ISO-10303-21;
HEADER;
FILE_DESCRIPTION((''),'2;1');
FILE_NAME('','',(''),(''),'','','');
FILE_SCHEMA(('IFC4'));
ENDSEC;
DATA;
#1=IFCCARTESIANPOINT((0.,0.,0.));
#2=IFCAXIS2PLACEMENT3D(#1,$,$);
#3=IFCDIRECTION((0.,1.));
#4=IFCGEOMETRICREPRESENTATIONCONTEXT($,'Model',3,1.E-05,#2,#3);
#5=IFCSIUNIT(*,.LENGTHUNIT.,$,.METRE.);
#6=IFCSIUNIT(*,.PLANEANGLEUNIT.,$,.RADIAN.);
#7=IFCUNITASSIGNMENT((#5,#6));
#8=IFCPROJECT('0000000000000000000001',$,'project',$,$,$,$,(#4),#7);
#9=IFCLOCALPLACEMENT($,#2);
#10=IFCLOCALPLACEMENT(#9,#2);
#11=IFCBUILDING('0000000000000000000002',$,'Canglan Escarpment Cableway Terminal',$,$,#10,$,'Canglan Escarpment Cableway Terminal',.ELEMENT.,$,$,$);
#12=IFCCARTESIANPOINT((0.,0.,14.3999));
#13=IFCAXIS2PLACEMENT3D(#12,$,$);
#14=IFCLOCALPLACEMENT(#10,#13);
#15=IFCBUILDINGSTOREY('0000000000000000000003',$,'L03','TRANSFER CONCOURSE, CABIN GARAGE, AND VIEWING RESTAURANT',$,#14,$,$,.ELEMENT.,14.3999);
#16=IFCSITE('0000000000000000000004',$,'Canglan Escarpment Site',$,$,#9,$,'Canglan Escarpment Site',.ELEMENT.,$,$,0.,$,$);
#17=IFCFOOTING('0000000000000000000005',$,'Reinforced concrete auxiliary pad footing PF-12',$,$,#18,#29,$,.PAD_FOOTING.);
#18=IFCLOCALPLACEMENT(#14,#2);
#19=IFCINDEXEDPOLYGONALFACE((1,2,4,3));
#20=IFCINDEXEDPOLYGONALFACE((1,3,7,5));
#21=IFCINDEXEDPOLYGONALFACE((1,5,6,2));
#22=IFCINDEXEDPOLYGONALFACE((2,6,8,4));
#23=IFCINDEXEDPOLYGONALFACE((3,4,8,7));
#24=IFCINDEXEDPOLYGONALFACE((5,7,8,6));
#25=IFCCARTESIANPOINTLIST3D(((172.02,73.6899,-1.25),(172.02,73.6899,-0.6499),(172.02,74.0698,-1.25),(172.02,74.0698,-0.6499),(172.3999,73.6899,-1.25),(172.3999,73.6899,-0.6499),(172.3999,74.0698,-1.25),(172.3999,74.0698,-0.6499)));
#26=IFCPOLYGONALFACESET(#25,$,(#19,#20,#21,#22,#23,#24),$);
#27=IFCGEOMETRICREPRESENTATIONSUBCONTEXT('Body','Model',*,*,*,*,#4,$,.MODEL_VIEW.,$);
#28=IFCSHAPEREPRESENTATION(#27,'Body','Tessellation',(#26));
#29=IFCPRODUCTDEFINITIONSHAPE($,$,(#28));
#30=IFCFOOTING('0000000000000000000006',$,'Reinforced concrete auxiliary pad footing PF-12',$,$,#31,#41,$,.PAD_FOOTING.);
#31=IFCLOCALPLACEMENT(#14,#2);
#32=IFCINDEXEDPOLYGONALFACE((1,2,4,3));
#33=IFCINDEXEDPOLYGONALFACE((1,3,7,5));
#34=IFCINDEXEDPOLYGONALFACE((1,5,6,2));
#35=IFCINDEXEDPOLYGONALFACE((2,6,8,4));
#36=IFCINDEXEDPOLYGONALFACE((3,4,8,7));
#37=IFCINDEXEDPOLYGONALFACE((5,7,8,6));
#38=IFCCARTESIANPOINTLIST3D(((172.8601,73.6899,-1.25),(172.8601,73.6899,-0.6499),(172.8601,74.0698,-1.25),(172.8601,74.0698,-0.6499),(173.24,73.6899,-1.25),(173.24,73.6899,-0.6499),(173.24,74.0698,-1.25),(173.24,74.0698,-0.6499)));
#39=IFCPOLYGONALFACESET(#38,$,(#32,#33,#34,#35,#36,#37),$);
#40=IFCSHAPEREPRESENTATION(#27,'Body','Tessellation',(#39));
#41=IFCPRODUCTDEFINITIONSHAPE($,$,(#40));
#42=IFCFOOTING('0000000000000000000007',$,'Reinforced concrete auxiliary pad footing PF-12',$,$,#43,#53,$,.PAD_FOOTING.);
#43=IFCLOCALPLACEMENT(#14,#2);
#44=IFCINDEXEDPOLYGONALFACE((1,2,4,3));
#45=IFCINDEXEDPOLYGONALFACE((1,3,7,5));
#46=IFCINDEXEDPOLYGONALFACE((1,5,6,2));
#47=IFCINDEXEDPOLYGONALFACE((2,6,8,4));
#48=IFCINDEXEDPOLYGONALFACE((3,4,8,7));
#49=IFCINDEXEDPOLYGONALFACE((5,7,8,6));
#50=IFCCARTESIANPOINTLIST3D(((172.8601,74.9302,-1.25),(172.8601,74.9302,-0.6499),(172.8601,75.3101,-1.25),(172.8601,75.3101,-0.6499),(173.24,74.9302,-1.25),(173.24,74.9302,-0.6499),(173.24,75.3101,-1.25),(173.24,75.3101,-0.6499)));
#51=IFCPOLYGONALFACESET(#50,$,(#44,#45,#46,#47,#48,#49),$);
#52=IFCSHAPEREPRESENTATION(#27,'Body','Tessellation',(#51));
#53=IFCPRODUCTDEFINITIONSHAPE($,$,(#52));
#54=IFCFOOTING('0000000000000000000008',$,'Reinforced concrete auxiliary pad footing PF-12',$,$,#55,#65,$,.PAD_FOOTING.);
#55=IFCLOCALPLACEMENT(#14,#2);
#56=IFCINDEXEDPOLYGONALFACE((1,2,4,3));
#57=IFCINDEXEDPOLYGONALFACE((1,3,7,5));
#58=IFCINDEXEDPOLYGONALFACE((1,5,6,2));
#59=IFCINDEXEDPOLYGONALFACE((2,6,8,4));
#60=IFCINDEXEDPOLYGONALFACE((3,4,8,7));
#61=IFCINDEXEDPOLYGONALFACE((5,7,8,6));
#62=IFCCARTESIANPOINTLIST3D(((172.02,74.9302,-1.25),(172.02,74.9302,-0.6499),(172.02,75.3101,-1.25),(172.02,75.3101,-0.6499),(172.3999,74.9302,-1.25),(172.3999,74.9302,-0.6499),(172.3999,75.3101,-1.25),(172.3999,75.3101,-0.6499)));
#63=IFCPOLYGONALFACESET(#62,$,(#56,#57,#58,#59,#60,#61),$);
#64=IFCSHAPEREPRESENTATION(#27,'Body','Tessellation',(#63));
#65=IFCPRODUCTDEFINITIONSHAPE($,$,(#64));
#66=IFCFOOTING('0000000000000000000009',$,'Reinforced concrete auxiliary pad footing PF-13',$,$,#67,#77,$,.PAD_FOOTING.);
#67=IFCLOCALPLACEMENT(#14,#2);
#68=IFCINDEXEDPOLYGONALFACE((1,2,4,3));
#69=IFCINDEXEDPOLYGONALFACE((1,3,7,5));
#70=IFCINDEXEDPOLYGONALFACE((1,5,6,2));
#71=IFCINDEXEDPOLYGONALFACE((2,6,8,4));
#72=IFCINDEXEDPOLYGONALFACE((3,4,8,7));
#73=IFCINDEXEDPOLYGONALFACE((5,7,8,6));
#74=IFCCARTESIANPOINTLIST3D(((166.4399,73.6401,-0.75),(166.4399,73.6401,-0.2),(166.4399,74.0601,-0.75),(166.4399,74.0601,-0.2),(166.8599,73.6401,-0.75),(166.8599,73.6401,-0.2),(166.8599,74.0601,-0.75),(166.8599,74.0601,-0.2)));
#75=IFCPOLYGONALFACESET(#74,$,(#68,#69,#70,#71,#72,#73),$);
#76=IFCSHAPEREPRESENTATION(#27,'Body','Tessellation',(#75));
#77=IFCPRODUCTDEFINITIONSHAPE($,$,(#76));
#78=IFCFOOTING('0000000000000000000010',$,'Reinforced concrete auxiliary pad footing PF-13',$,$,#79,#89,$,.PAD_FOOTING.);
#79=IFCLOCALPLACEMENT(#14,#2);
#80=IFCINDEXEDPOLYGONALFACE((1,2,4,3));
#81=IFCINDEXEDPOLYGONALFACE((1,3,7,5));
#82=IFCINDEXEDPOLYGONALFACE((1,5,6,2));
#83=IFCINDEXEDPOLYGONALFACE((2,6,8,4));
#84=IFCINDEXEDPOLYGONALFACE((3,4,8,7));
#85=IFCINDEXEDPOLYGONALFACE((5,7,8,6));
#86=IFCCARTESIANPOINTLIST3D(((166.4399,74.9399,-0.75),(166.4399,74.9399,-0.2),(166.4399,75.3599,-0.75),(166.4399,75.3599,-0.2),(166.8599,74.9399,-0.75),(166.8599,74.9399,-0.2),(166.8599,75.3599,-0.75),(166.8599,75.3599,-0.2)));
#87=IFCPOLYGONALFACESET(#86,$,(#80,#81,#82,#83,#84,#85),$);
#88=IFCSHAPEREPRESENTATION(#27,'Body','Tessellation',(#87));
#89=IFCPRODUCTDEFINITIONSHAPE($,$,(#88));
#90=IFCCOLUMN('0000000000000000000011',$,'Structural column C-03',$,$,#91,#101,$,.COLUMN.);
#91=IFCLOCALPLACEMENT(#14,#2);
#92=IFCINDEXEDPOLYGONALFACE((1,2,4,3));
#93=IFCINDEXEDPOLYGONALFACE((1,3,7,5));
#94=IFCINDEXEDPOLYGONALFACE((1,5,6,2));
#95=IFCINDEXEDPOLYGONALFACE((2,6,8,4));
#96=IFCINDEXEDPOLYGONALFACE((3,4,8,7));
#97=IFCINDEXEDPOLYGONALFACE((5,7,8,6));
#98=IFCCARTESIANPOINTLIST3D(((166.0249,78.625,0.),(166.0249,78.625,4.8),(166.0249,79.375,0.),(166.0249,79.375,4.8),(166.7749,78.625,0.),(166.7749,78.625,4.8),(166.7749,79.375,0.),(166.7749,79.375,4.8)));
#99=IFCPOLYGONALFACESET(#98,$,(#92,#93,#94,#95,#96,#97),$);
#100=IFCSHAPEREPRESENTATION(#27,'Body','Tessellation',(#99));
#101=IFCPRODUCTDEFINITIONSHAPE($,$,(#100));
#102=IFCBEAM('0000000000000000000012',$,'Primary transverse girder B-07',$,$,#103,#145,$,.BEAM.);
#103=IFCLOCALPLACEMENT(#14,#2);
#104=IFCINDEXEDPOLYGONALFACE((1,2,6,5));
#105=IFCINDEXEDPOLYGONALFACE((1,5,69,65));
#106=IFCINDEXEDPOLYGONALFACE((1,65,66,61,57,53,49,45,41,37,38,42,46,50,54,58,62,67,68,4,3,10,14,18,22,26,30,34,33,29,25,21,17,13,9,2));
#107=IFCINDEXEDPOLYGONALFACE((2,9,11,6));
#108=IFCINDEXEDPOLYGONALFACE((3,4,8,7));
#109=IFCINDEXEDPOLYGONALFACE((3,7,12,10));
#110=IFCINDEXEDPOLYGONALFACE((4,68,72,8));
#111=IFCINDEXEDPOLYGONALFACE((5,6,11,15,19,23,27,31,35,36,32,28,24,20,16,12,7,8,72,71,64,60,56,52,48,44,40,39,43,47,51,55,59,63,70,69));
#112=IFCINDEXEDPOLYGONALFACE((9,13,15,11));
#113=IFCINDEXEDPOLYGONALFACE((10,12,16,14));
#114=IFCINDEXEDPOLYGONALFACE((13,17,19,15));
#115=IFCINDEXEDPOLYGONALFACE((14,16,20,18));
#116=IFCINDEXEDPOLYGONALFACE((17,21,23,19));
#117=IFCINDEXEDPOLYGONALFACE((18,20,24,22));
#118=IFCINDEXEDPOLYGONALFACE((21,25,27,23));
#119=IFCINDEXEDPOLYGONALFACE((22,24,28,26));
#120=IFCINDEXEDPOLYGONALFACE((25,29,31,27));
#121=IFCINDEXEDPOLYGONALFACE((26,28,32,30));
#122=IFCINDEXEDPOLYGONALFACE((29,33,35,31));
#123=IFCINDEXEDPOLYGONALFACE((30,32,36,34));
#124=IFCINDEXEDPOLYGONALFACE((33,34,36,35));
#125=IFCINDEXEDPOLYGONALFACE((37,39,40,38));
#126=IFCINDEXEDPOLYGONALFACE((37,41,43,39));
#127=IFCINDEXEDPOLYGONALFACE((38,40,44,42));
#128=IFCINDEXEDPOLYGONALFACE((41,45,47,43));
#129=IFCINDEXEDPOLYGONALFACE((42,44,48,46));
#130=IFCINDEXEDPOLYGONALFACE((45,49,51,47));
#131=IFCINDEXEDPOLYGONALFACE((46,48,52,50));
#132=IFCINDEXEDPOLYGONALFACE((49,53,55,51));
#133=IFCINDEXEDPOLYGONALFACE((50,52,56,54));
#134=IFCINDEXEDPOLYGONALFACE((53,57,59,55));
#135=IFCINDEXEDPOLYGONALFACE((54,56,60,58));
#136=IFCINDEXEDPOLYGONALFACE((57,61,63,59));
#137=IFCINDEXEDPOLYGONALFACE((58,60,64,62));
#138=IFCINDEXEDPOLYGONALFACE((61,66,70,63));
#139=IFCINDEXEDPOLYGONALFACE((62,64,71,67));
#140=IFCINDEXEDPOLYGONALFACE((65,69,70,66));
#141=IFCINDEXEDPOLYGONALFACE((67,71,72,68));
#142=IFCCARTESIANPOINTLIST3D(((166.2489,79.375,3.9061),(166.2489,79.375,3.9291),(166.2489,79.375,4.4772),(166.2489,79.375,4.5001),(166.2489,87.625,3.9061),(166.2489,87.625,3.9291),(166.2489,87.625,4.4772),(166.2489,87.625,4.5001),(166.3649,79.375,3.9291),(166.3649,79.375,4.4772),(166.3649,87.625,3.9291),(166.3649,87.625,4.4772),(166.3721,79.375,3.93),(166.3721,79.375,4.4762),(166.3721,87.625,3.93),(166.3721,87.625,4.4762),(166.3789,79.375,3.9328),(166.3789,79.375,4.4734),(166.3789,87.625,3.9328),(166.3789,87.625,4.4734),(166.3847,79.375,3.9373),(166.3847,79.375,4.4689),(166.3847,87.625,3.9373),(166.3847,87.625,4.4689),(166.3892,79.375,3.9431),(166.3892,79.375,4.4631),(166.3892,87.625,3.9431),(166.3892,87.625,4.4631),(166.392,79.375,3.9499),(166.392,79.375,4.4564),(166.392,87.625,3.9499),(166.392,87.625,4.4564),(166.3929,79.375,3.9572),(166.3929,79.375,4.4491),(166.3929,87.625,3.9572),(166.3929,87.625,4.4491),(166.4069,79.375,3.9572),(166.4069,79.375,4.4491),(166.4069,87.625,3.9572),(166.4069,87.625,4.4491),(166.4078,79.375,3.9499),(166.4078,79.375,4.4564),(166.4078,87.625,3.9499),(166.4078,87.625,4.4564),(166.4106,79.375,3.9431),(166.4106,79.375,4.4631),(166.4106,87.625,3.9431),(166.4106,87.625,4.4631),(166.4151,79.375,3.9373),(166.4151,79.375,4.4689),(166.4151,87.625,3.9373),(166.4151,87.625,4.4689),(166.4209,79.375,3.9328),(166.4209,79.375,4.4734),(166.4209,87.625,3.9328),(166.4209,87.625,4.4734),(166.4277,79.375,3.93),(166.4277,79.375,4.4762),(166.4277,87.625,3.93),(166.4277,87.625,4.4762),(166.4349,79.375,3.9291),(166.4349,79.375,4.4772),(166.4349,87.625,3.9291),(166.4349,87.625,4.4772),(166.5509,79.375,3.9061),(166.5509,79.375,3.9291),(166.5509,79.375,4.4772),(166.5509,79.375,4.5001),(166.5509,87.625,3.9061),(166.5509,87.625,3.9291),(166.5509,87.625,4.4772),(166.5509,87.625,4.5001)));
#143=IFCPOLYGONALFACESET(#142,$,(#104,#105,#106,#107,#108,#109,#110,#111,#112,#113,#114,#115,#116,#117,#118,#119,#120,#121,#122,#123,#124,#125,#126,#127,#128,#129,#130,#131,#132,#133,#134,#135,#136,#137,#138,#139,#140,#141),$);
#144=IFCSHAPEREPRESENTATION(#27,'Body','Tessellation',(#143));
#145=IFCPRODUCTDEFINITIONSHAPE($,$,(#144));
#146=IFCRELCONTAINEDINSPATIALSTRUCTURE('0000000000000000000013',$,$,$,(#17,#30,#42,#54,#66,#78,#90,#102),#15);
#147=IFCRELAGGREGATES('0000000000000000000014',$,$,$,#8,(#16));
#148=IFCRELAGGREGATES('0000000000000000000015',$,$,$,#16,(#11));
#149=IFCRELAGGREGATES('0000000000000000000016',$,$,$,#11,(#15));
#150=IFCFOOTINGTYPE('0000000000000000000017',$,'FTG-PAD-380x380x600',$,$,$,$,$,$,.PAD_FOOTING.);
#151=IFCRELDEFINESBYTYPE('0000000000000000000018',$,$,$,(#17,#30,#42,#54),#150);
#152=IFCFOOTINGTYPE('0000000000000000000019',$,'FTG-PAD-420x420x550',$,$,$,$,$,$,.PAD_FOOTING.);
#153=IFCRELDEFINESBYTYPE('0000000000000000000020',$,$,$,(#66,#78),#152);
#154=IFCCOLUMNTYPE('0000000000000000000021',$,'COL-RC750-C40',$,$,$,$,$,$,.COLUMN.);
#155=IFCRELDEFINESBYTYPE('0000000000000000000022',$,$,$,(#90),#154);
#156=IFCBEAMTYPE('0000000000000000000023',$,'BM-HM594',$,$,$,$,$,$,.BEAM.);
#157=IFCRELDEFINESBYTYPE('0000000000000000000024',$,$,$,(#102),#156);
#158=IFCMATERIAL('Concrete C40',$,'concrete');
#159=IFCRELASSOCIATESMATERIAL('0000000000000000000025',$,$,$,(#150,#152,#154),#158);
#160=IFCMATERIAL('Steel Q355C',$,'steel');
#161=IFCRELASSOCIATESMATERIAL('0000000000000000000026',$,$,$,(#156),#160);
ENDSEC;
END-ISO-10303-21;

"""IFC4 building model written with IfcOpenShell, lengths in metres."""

from ifc_helpers import new_model, si_unit, direction, frame, origin, origin_2d, place, context, subcontext, project, spatial, rectangle, i_section, extrude, material, material_profile, profile_set, type_object, element, save


model = new_model("IFC4")

# Units and contexts
model_context = context("Model", 3, precision=1e-05, world=origin(), true_north=direction((0.0, 1.0)))
body_context = subcontext(model_context, "Body", "Model", "MODEL_VIEW")
ifc_project = project(units=[si_unit("LENGTHUNIT", "METRE"), si_unit("PLANEANGLEUNIT", "RADIAN")], contexts=[model_context])

# Site, building, storey
site_placement = place(None, origin())
site = spatial("IfcSite", under=ifc_project, at=site_placement, Name="Canglan Escarpment Site", LongName="Canglan Escarpment Site", CompositionType="ELEMENT", RefElevation=0.0)
building_placement = place(site_placement, origin())
building = spatial("IfcBuilding", under=site, at=building_placement, Name="Canglan Escarpment Cableway Terminal", LongName="Canglan Escarpment Cableway Terminal", CompositionType="ELEMENT")
storey_placement = place(building_placement, frame((0.0, 0.0, 14.3999)))
storey = spatial("IfcBuildingStorey", under=building, at=storey_placement, Name="L03", Description="TRANSFER CONCOURSE, CABIN GARAGE, AND VIEWING RESTAURANT", CompositionType="ELEMENT", Elevation=14.3999)

# Footings
ifc_material_1 = material(Name="Concrete C40", Category="concrete")
footing_type_1 = type_object("IfcFootingType", Name="FTG-PAD-380x380x600", PredefinedType="PAD_FOOTING", material=ifc_material_1)
for number, where, z_axis, x_axis, name in (
    (1, (172.21, 73.8799, -1.25), (0.0, 0.0, 1.0), (1.0, 0.0, 0.0), "Reinforced concrete auxiliary pad footing PF-12"),
    (2, (173.05, 73.8799, -1.25), (0.0, 0.0, 1.0), (1.0, 0.0, 0.0), "Reinforced concrete auxiliary pad footing PF-12"),
    (3, (173.05, 75.1201, -1.25), (0.0, 0.0, 1.0), (1.0, 0.0, 0.0), "Reinforced concrete auxiliary pad footing PF-12"),
    (4, (172.21, 75.1201, -1.25), (0.0, 0.0, 1.0), (1.0, 0.0, 0.0), "Reinforced concrete auxiliary pad footing PF-12"),
):
    element("IfcFooting", number, at=place(storey_placement, frame(where, z_axis=z_axis, x_axis=x_axis)), inside=storey, type_object=footing_type_1, Name=name, PredefinedType="PAD_FOOTING", context=body_context, shape_type="SweptSolid", body=[
        extrude(rectangle(XDim=0.3799, YDim=0.3799, at=origin_2d()), origin(), (0.0, 0.0, 1.0), 0.6001),
    ])
footing_type_2 = type_object("IfcFootingType", Name="FTG-PAD-420x420x550", PredefinedType="PAD_FOOTING", material=ifc_material_1)
for number, where, z_axis, x_axis, name in (
    (5, (166.6499, 73.8501, -0.75), (0.0, 0.0, 1.0), (1.0, 0.0, 0.0), "Reinforced concrete auxiliary pad footing PF-13"),
    (6, (166.6499, 75.1499, -0.75), (0.0, 0.0, 1.0), (1.0, 0.0, 0.0), "Reinforced concrete auxiliary pad footing PF-13"),
):
    element("IfcFooting", number, at=place(storey_placement, frame(where, z_axis=z_axis, x_axis=x_axis)), inside=storey, type_object=footing_type_2, Name=name, PredefinedType="PAD_FOOTING", context=body_context, shape_type="SweptSolid", body=[
        extrude(rectangle(XDim=0.4199, YDim=0.4199, at=origin_2d()), origin(), (0.0, 0.0, 1.0), 0.55),
    ])

# Column
ifc_material_profile_1 = material_profile(ifc_material_1, rectangle(XDim=0.75, YDim=0.75, at=origin_2d()), Name="RC 750x750")
ifc_profile_set_1 = profile_set([ifc_material_profile_1], Name="Concrete C40")
column_type = type_object("IfcColumnType", Name="COL-RC750-C40", PredefinedType="COLUMN", material=ifc_profile_set_1)
column_placement = place(storey_placement, frame((166.3999, 79.0, 0.0), z_axis=(0.0, 0.0, 1.0), x_axis=(1.0, 0.0, 0.0)))
element("IfcColumn", 7, at=column_placement, inside=storey, type_object=column_type, Name="Structural column C-03", PredefinedType="COLUMN", context=body_context, shape_type="SweptSolid", body=[
    extrude(rectangle(XDim=0.75, YDim=0.75, at=origin_2d()), origin(), (0.0, 0.0, 1.0), 4.8),
])

# Beam
ifc_material_2 = material(Name="Steel Q355C", Category="steel")
ifc_material_profile_2 = material_profile(ifc_material_2, i_section(OverallWidth=0.302, OverallDepth=0.594, WebThickness=0.0139, FlangeThickness=0.0229, FilletRadius=0.0281, at=origin_2d()), Name="HM 594x302x14x23")
ifc_profile_set_2 = profile_set([ifc_material_profile_2], Name="Steel Q355C")
beam_type = type_object("IfcBeamType", Name="BM-HM594", PredefinedType="BEAM", material=ifc_profile_set_2)
beam_placement = place(storey_placement, frame((166.3999, 79.375, 4.2031), z_axis=(0.0, 1.0, 0.0), x_axis=(-1.0, 0.0, 0.0)))
element("IfcBeam", 8, at=beam_placement, inside=storey, type_object=beam_type, Name="Primary transverse girder B-07", PredefinedType="BEAM", context=body_context, shape_type="SweptSolid", body=[
    extrude(i_section(OverallWidth=0.302, OverallDepth=0.594, WebThickness=0.0139, FlangeThickness=0.0229, FilletRadius=0.0281, at=origin_2d()), origin(), (0.0, 0.0, 1.0), 8.25),
])

save(model, "model.ifc")
